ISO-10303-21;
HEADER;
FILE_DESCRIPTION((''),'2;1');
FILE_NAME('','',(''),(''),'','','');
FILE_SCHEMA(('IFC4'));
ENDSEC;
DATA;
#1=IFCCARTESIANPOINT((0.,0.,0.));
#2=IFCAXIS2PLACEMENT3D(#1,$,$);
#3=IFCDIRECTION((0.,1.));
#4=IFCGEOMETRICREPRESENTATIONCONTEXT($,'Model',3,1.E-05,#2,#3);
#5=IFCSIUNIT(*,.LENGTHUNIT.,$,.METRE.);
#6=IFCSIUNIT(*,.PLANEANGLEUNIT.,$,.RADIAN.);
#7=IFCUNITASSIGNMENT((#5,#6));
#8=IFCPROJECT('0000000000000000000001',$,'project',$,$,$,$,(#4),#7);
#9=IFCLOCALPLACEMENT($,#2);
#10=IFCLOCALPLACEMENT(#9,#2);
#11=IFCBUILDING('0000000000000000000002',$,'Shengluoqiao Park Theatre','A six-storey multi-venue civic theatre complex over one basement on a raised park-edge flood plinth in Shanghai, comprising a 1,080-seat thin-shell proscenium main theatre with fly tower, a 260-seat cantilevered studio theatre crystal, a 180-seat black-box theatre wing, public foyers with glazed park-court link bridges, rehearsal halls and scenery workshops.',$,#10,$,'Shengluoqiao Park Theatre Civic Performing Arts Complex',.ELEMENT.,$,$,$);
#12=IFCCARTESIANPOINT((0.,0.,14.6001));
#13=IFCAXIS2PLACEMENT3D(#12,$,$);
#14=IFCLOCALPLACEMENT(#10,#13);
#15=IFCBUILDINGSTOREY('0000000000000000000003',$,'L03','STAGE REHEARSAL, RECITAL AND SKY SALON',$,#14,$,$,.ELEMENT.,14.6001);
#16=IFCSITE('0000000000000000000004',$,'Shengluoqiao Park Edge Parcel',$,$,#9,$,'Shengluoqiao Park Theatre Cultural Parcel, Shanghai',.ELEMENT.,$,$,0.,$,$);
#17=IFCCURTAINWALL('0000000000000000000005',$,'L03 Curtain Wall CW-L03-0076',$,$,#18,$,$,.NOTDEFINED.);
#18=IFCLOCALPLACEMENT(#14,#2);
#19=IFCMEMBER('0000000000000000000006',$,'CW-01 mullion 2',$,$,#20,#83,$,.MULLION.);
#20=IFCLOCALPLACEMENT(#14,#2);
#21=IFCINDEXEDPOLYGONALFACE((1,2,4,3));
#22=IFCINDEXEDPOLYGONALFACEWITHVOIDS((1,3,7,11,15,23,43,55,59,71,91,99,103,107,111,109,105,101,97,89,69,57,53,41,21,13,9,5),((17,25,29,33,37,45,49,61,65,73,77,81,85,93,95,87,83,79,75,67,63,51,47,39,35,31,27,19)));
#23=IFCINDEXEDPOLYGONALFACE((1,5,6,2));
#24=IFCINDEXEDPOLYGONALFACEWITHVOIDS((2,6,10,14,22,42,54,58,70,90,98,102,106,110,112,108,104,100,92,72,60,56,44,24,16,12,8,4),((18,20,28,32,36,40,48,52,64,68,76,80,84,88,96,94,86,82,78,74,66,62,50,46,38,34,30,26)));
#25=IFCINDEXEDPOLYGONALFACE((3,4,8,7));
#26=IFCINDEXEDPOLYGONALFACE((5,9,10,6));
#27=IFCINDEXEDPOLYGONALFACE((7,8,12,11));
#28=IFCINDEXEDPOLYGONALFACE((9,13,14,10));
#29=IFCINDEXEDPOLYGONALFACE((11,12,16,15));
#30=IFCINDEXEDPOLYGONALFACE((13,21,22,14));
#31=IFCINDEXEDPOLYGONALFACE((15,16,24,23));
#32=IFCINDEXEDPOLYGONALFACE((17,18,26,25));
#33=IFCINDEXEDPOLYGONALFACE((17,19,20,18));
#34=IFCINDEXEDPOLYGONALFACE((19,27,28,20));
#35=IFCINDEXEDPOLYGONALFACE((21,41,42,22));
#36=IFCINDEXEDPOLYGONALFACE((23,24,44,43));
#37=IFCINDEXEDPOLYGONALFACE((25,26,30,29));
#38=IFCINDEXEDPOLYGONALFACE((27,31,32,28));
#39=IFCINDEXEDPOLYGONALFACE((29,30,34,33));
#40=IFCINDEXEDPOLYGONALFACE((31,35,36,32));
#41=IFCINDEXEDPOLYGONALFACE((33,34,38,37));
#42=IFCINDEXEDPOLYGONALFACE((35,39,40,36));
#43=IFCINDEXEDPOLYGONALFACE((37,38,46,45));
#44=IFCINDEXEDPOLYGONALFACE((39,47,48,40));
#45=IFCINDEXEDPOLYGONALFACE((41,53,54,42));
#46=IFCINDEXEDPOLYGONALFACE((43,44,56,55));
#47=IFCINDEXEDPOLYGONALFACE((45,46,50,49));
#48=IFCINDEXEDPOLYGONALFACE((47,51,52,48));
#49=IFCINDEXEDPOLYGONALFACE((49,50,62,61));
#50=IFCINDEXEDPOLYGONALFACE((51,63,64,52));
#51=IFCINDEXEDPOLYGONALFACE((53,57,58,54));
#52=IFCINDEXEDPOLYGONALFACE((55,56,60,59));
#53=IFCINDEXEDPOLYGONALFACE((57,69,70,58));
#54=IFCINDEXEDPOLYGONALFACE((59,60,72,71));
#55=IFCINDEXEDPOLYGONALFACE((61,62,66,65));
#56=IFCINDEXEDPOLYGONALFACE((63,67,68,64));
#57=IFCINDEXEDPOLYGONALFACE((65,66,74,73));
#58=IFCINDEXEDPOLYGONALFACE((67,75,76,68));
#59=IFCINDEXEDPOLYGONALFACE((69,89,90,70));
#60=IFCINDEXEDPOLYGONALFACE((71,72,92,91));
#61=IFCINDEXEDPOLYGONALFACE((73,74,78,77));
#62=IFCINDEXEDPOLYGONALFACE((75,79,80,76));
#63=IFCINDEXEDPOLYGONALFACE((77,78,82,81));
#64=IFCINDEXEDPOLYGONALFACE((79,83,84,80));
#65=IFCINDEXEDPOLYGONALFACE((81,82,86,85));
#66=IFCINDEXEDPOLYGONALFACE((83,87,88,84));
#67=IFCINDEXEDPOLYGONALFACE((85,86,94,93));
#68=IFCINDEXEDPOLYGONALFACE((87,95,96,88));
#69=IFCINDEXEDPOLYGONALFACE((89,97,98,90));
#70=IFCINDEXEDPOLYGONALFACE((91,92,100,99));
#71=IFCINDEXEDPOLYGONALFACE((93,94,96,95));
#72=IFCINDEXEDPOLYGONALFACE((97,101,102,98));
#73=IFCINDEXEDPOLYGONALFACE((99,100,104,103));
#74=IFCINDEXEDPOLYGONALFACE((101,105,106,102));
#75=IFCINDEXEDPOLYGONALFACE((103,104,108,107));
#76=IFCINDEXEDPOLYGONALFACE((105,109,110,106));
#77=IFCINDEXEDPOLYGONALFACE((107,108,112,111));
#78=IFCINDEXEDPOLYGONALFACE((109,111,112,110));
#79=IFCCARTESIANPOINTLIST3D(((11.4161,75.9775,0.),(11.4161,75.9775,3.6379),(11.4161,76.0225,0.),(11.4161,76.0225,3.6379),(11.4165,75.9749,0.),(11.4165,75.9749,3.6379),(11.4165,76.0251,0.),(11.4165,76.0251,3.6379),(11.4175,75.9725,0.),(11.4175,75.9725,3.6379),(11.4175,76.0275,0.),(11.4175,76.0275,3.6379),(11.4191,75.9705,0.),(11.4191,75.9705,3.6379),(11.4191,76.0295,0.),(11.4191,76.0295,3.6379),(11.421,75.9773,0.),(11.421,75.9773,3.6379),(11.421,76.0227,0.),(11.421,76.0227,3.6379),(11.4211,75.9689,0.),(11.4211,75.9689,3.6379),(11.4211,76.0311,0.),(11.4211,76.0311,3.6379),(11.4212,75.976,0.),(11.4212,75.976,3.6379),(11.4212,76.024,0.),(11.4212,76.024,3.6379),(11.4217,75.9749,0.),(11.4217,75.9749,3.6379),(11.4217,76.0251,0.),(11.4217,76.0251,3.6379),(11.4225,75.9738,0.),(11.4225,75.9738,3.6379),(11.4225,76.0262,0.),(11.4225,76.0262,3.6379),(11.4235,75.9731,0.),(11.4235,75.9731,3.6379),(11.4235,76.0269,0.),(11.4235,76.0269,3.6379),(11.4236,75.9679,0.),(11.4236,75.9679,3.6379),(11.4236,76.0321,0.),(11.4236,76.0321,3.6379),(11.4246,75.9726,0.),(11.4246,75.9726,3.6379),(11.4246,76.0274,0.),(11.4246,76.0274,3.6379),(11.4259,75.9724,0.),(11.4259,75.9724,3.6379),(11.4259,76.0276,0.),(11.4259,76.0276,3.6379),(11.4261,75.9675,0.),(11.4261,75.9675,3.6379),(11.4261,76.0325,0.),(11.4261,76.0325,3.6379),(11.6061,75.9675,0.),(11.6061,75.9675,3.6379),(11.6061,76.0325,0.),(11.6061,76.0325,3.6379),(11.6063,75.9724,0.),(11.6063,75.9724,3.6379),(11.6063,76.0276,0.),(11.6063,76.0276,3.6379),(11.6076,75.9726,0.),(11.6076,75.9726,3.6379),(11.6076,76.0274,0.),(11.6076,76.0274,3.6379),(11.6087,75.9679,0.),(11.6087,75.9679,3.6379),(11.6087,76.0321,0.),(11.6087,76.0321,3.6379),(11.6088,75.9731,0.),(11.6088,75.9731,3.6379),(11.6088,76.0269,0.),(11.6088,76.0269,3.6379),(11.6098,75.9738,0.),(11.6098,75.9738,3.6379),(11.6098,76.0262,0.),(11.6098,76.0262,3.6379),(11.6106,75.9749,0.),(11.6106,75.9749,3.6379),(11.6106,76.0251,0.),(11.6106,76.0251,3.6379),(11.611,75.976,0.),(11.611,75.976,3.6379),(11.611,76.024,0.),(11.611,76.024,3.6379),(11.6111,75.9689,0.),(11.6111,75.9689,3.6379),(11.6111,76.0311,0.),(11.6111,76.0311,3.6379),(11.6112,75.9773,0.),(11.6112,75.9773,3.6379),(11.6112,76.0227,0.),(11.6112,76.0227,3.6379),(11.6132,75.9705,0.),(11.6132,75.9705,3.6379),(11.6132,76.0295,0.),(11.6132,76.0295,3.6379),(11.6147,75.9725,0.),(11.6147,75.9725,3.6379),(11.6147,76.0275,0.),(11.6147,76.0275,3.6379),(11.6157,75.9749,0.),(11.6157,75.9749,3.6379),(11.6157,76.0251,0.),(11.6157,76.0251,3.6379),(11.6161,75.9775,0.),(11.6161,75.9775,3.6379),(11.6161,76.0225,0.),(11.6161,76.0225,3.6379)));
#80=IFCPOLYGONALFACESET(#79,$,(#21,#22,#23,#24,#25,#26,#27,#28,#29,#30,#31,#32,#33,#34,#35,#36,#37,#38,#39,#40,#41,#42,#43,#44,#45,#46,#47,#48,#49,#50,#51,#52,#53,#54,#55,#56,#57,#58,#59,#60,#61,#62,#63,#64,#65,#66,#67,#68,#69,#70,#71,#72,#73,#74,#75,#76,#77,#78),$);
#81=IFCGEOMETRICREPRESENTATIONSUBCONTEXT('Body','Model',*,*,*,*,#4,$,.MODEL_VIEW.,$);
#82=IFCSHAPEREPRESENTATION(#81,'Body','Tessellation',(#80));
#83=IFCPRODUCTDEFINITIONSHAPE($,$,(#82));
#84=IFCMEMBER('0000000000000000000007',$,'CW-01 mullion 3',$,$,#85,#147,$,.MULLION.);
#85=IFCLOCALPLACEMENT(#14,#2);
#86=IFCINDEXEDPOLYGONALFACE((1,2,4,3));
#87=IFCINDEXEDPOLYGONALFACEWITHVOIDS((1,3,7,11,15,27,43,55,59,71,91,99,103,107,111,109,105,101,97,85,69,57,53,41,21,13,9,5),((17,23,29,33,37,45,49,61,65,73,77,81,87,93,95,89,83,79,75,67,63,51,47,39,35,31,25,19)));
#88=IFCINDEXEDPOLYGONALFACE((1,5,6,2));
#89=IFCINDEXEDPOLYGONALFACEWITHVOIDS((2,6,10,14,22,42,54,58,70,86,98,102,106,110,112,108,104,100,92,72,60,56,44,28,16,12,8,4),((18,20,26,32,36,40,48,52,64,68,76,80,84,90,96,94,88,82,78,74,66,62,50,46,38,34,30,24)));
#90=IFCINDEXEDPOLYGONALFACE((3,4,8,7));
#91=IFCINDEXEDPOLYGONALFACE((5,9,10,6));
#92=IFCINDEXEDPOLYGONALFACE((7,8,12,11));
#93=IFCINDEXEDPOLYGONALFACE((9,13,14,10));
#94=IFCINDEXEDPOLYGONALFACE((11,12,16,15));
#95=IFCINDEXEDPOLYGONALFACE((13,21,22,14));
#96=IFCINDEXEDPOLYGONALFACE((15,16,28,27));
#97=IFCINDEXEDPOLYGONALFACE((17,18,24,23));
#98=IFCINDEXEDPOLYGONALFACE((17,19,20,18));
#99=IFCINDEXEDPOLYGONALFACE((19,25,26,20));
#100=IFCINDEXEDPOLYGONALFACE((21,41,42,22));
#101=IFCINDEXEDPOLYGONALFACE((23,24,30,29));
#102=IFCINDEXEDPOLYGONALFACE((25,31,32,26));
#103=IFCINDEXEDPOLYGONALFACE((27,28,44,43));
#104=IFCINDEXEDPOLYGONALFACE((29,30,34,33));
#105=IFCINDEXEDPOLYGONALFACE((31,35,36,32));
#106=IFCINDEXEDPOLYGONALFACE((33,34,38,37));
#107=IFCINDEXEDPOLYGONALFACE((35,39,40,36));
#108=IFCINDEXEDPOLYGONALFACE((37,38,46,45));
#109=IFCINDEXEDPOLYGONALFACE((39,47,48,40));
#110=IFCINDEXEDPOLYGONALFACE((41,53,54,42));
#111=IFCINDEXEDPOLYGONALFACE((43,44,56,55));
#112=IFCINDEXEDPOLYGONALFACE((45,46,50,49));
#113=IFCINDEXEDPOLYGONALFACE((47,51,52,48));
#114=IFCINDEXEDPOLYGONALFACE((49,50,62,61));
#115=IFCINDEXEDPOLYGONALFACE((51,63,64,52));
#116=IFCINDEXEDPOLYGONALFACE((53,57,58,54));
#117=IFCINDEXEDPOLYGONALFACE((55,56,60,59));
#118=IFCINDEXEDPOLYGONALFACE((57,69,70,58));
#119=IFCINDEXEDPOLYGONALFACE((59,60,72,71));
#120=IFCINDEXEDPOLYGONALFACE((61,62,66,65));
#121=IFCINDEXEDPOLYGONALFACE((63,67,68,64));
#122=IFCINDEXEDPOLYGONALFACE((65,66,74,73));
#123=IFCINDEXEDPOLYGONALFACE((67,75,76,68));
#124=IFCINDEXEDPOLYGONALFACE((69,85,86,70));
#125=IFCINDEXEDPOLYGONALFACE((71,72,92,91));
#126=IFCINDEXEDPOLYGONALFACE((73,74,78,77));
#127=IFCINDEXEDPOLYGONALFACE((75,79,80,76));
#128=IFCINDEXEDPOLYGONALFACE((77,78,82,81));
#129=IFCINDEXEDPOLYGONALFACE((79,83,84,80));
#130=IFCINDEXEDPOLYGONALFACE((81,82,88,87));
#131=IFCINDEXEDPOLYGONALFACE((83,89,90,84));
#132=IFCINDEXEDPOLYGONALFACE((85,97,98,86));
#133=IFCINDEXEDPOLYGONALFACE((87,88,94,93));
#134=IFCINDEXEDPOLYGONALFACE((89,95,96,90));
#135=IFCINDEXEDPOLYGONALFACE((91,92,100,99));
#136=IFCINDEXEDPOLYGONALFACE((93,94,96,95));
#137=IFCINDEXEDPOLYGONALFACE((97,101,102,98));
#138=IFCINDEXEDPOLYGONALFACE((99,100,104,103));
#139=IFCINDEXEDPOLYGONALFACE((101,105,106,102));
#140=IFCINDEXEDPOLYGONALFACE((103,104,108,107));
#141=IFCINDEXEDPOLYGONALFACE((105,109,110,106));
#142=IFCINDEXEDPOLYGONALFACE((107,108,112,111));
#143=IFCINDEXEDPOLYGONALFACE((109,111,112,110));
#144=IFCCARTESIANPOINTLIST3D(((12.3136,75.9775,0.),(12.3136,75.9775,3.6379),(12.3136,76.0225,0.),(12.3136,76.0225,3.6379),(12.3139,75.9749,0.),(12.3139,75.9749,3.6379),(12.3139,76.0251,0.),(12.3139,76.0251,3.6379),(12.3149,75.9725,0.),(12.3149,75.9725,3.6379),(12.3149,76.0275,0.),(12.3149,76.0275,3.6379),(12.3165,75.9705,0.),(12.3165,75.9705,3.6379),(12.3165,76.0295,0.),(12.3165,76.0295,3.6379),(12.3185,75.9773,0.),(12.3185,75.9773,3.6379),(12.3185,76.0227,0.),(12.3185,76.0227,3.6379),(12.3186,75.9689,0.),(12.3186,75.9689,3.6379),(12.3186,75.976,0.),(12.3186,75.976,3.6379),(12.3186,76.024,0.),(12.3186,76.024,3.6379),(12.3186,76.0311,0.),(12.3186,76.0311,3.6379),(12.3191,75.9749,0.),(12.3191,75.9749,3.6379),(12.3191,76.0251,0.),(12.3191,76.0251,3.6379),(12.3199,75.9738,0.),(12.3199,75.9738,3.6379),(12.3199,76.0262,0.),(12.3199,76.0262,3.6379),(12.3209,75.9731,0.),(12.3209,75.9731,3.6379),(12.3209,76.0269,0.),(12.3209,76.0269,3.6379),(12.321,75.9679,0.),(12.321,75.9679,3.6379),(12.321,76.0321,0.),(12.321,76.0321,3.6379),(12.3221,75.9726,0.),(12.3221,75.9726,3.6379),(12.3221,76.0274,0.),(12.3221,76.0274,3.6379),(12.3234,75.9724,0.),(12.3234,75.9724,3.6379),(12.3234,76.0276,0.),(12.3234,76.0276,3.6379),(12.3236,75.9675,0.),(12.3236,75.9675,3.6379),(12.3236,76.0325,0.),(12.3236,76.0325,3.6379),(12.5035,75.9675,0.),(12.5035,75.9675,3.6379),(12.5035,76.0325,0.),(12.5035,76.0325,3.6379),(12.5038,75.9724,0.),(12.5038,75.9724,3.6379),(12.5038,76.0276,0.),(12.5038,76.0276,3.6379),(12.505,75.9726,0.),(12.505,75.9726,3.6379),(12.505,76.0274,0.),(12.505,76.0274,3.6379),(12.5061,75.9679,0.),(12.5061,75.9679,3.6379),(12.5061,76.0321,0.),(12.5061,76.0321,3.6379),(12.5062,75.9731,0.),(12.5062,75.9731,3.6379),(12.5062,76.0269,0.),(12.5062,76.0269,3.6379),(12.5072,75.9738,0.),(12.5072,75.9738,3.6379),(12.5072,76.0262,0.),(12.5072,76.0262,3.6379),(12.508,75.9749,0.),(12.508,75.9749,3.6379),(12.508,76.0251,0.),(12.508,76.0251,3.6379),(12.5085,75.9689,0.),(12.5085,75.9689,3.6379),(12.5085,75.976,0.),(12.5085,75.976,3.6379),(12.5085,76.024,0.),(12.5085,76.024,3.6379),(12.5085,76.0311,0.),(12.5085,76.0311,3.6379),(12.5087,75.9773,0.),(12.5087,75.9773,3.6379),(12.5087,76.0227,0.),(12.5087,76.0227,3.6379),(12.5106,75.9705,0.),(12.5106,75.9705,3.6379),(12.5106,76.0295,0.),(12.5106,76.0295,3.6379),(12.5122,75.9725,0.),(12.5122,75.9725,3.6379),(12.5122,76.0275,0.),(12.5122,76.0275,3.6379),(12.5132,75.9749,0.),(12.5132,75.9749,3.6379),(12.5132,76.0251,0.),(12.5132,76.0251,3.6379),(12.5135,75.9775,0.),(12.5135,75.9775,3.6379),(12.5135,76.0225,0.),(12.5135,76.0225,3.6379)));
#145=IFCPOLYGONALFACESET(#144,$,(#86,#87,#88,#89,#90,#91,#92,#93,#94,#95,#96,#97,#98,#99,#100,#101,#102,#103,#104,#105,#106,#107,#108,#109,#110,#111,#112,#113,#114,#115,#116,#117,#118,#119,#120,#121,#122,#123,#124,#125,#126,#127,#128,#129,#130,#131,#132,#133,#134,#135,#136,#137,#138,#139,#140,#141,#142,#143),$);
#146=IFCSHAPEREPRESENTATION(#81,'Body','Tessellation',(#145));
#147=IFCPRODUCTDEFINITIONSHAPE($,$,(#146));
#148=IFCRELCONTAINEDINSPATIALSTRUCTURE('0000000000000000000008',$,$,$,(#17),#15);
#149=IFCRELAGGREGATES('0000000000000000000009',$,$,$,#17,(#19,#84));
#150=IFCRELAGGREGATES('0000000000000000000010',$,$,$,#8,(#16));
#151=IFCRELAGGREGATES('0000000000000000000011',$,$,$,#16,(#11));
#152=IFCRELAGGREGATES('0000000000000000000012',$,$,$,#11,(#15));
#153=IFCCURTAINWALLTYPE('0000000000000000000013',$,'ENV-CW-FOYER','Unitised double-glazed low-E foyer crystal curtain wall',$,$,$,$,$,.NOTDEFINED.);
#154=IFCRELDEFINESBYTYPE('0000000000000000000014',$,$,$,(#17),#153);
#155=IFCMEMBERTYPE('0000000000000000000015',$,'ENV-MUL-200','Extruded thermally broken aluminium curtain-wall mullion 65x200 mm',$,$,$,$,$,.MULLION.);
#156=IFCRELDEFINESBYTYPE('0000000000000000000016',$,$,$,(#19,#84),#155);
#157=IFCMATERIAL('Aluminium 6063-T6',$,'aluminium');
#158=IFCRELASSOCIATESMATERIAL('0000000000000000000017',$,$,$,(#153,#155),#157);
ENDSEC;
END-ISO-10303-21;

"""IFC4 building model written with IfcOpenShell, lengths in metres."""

from ifc_helpers import new_model, si_unit, direction, frame, origin, origin_2d, place, context, subcontext, project, spatial, hollow_rectangle, extrude, material, material_profile, profile_set, type_object, element, aggregate, save


model = new_model("IFC4")

# Units and contexts
model_context = context("Model", 3, precision=1e-05, world=origin(), true_north=direction((0.0, 1.0)))
body_context = subcontext(model_context, "Body", "Model", "MODEL_VIEW")
ifc_project = project(units=[si_unit("LENGTHUNIT", "METRE"), si_unit("PLANEANGLEUNIT", "RADIAN")], contexts=[model_context])

# Site, building, storey
site_placement = place(None, origin())
site = spatial("IfcSite", under=ifc_project, at=site_placement, Name="Shengluoqiao Park Edge Parcel", LongName="Shengluoqiao Park Theatre Cultural Parcel, Shanghai", CompositionType="ELEMENT", RefElevation=0.0)
building_placement = place(site_placement, origin())
building = spatial("IfcBuilding", under=site, at=building_placement, Name="Shengluoqiao Park Theatre", Description="A six-storey multi-venue civic theatre complex over one basement on a raised park-edge flood plinth in Shanghai, comprising a 1,080-seat thin-shell proscenium main theatre with fly tower, a 260-seat cantilevered studio theatre crystal, a 180-seat black-box theatre wing, public foyers with glazed park-court link bridges, rehearsal halls and scenery workshops.", LongName="Shengluoqiao Park Theatre Civic Performing Arts Complex", CompositionType="ELEMENT")
storey_placement = place(building_placement, frame((0.0, 0.0, 14.6001)))
storey = spatial("IfcBuildingStorey", under=building, at=storey_placement, Name="L03", Description="STAGE REHEARSAL, RECITAL AND SKY SALON", CompositionType="ELEMENT", Elevation=14.6001)

# Curtain wall, members
ifc_material_1 = material(Name="Aluminium 6063-T6", Category="aluminium")
curtain_wall_type = type_object("IfcCurtainWallType", Name="ENV-CW-FOYER", Description="Unitised double-glazed low-E foyer crystal curtain wall", PredefinedType="NOTDEFINED", material=ifc_material_1)
curtain_wall_1_placement = place(storey_placement, origin())
curtain_wall_1 = element("IfcCurtainWall", 1, at=curtain_wall_1_placement, inside=storey, type_object=curtain_wall_type, Name="L03 Curtain Wall CW-L03-0076", PredefinedType="NOTDEFINED")
ifc_material_profile_1 = material_profile(ifc_material_1, hollow_rectangle(XDim=0.0649, YDim=0.2, WallThickness=0.0049, InnerFilletRadius=0.0049, OuterFilletRadius=0.01, at=origin_2d()), Name="ALU MULLION 200x65x5")
ifc_profile_set_1 = profile_set([ifc_material_profile_1], Name="Aluminium 6063-T6")
member_type_1 = type_object("IfcMemberType", Name="ENV-MUL-200", Description="Extruded thermally broken aluminium curtain-wall mullion 65x200 mm", PredefinedType="MULLION", material=ifc_profile_set_1)
member_1_placement = place(storey_placement, frame((11.5161, 76.0, 0.0), z_axis=(0.0, 0.0, 1.0), x_axis=(0.0, 1.0, 0.0)))
member_1 = element("IfcMember", 2, at=member_1_placement, type_object=member_type_1, Name="CW-01 mullion 2", PredefinedType="MULLION", context=body_context, shape_type="SweptSolid", body=[
    extrude(hollow_rectangle(XDim=0.0649, YDim=0.2, WallThickness=0.0049, InnerFilletRadius=0.0049, OuterFilletRadius=0.01, at=origin_2d()), origin(), (0.0, 0.0, 1.0), 3.6379),
])
member_2_placement = place(storey_placement, frame((12.4136, 76.0, 0.0), z_axis=(0.0, 0.0, 1.0), x_axis=(0.0, 1.0, 0.0)))
member_2 = element("IfcMember", 3, at=member_2_placement, type_object=member_type_1, Name="CW-01 mullion 3", PredefinedType="MULLION", context=body_context, shape_type="SweptSolid", body=[
    extrude(hollow_rectangle(XDim=0.0649, YDim=0.2, WallThickness=0.0049, InnerFilletRadius=0.0049, OuterFilletRadius=0.01, at=origin_2d()), origin(), (0.0, 0.0, 1.0), 3.6379),
])

aggregate(curtain_wall_1, [member_1, member_2])

save(model, "model.ifc")
